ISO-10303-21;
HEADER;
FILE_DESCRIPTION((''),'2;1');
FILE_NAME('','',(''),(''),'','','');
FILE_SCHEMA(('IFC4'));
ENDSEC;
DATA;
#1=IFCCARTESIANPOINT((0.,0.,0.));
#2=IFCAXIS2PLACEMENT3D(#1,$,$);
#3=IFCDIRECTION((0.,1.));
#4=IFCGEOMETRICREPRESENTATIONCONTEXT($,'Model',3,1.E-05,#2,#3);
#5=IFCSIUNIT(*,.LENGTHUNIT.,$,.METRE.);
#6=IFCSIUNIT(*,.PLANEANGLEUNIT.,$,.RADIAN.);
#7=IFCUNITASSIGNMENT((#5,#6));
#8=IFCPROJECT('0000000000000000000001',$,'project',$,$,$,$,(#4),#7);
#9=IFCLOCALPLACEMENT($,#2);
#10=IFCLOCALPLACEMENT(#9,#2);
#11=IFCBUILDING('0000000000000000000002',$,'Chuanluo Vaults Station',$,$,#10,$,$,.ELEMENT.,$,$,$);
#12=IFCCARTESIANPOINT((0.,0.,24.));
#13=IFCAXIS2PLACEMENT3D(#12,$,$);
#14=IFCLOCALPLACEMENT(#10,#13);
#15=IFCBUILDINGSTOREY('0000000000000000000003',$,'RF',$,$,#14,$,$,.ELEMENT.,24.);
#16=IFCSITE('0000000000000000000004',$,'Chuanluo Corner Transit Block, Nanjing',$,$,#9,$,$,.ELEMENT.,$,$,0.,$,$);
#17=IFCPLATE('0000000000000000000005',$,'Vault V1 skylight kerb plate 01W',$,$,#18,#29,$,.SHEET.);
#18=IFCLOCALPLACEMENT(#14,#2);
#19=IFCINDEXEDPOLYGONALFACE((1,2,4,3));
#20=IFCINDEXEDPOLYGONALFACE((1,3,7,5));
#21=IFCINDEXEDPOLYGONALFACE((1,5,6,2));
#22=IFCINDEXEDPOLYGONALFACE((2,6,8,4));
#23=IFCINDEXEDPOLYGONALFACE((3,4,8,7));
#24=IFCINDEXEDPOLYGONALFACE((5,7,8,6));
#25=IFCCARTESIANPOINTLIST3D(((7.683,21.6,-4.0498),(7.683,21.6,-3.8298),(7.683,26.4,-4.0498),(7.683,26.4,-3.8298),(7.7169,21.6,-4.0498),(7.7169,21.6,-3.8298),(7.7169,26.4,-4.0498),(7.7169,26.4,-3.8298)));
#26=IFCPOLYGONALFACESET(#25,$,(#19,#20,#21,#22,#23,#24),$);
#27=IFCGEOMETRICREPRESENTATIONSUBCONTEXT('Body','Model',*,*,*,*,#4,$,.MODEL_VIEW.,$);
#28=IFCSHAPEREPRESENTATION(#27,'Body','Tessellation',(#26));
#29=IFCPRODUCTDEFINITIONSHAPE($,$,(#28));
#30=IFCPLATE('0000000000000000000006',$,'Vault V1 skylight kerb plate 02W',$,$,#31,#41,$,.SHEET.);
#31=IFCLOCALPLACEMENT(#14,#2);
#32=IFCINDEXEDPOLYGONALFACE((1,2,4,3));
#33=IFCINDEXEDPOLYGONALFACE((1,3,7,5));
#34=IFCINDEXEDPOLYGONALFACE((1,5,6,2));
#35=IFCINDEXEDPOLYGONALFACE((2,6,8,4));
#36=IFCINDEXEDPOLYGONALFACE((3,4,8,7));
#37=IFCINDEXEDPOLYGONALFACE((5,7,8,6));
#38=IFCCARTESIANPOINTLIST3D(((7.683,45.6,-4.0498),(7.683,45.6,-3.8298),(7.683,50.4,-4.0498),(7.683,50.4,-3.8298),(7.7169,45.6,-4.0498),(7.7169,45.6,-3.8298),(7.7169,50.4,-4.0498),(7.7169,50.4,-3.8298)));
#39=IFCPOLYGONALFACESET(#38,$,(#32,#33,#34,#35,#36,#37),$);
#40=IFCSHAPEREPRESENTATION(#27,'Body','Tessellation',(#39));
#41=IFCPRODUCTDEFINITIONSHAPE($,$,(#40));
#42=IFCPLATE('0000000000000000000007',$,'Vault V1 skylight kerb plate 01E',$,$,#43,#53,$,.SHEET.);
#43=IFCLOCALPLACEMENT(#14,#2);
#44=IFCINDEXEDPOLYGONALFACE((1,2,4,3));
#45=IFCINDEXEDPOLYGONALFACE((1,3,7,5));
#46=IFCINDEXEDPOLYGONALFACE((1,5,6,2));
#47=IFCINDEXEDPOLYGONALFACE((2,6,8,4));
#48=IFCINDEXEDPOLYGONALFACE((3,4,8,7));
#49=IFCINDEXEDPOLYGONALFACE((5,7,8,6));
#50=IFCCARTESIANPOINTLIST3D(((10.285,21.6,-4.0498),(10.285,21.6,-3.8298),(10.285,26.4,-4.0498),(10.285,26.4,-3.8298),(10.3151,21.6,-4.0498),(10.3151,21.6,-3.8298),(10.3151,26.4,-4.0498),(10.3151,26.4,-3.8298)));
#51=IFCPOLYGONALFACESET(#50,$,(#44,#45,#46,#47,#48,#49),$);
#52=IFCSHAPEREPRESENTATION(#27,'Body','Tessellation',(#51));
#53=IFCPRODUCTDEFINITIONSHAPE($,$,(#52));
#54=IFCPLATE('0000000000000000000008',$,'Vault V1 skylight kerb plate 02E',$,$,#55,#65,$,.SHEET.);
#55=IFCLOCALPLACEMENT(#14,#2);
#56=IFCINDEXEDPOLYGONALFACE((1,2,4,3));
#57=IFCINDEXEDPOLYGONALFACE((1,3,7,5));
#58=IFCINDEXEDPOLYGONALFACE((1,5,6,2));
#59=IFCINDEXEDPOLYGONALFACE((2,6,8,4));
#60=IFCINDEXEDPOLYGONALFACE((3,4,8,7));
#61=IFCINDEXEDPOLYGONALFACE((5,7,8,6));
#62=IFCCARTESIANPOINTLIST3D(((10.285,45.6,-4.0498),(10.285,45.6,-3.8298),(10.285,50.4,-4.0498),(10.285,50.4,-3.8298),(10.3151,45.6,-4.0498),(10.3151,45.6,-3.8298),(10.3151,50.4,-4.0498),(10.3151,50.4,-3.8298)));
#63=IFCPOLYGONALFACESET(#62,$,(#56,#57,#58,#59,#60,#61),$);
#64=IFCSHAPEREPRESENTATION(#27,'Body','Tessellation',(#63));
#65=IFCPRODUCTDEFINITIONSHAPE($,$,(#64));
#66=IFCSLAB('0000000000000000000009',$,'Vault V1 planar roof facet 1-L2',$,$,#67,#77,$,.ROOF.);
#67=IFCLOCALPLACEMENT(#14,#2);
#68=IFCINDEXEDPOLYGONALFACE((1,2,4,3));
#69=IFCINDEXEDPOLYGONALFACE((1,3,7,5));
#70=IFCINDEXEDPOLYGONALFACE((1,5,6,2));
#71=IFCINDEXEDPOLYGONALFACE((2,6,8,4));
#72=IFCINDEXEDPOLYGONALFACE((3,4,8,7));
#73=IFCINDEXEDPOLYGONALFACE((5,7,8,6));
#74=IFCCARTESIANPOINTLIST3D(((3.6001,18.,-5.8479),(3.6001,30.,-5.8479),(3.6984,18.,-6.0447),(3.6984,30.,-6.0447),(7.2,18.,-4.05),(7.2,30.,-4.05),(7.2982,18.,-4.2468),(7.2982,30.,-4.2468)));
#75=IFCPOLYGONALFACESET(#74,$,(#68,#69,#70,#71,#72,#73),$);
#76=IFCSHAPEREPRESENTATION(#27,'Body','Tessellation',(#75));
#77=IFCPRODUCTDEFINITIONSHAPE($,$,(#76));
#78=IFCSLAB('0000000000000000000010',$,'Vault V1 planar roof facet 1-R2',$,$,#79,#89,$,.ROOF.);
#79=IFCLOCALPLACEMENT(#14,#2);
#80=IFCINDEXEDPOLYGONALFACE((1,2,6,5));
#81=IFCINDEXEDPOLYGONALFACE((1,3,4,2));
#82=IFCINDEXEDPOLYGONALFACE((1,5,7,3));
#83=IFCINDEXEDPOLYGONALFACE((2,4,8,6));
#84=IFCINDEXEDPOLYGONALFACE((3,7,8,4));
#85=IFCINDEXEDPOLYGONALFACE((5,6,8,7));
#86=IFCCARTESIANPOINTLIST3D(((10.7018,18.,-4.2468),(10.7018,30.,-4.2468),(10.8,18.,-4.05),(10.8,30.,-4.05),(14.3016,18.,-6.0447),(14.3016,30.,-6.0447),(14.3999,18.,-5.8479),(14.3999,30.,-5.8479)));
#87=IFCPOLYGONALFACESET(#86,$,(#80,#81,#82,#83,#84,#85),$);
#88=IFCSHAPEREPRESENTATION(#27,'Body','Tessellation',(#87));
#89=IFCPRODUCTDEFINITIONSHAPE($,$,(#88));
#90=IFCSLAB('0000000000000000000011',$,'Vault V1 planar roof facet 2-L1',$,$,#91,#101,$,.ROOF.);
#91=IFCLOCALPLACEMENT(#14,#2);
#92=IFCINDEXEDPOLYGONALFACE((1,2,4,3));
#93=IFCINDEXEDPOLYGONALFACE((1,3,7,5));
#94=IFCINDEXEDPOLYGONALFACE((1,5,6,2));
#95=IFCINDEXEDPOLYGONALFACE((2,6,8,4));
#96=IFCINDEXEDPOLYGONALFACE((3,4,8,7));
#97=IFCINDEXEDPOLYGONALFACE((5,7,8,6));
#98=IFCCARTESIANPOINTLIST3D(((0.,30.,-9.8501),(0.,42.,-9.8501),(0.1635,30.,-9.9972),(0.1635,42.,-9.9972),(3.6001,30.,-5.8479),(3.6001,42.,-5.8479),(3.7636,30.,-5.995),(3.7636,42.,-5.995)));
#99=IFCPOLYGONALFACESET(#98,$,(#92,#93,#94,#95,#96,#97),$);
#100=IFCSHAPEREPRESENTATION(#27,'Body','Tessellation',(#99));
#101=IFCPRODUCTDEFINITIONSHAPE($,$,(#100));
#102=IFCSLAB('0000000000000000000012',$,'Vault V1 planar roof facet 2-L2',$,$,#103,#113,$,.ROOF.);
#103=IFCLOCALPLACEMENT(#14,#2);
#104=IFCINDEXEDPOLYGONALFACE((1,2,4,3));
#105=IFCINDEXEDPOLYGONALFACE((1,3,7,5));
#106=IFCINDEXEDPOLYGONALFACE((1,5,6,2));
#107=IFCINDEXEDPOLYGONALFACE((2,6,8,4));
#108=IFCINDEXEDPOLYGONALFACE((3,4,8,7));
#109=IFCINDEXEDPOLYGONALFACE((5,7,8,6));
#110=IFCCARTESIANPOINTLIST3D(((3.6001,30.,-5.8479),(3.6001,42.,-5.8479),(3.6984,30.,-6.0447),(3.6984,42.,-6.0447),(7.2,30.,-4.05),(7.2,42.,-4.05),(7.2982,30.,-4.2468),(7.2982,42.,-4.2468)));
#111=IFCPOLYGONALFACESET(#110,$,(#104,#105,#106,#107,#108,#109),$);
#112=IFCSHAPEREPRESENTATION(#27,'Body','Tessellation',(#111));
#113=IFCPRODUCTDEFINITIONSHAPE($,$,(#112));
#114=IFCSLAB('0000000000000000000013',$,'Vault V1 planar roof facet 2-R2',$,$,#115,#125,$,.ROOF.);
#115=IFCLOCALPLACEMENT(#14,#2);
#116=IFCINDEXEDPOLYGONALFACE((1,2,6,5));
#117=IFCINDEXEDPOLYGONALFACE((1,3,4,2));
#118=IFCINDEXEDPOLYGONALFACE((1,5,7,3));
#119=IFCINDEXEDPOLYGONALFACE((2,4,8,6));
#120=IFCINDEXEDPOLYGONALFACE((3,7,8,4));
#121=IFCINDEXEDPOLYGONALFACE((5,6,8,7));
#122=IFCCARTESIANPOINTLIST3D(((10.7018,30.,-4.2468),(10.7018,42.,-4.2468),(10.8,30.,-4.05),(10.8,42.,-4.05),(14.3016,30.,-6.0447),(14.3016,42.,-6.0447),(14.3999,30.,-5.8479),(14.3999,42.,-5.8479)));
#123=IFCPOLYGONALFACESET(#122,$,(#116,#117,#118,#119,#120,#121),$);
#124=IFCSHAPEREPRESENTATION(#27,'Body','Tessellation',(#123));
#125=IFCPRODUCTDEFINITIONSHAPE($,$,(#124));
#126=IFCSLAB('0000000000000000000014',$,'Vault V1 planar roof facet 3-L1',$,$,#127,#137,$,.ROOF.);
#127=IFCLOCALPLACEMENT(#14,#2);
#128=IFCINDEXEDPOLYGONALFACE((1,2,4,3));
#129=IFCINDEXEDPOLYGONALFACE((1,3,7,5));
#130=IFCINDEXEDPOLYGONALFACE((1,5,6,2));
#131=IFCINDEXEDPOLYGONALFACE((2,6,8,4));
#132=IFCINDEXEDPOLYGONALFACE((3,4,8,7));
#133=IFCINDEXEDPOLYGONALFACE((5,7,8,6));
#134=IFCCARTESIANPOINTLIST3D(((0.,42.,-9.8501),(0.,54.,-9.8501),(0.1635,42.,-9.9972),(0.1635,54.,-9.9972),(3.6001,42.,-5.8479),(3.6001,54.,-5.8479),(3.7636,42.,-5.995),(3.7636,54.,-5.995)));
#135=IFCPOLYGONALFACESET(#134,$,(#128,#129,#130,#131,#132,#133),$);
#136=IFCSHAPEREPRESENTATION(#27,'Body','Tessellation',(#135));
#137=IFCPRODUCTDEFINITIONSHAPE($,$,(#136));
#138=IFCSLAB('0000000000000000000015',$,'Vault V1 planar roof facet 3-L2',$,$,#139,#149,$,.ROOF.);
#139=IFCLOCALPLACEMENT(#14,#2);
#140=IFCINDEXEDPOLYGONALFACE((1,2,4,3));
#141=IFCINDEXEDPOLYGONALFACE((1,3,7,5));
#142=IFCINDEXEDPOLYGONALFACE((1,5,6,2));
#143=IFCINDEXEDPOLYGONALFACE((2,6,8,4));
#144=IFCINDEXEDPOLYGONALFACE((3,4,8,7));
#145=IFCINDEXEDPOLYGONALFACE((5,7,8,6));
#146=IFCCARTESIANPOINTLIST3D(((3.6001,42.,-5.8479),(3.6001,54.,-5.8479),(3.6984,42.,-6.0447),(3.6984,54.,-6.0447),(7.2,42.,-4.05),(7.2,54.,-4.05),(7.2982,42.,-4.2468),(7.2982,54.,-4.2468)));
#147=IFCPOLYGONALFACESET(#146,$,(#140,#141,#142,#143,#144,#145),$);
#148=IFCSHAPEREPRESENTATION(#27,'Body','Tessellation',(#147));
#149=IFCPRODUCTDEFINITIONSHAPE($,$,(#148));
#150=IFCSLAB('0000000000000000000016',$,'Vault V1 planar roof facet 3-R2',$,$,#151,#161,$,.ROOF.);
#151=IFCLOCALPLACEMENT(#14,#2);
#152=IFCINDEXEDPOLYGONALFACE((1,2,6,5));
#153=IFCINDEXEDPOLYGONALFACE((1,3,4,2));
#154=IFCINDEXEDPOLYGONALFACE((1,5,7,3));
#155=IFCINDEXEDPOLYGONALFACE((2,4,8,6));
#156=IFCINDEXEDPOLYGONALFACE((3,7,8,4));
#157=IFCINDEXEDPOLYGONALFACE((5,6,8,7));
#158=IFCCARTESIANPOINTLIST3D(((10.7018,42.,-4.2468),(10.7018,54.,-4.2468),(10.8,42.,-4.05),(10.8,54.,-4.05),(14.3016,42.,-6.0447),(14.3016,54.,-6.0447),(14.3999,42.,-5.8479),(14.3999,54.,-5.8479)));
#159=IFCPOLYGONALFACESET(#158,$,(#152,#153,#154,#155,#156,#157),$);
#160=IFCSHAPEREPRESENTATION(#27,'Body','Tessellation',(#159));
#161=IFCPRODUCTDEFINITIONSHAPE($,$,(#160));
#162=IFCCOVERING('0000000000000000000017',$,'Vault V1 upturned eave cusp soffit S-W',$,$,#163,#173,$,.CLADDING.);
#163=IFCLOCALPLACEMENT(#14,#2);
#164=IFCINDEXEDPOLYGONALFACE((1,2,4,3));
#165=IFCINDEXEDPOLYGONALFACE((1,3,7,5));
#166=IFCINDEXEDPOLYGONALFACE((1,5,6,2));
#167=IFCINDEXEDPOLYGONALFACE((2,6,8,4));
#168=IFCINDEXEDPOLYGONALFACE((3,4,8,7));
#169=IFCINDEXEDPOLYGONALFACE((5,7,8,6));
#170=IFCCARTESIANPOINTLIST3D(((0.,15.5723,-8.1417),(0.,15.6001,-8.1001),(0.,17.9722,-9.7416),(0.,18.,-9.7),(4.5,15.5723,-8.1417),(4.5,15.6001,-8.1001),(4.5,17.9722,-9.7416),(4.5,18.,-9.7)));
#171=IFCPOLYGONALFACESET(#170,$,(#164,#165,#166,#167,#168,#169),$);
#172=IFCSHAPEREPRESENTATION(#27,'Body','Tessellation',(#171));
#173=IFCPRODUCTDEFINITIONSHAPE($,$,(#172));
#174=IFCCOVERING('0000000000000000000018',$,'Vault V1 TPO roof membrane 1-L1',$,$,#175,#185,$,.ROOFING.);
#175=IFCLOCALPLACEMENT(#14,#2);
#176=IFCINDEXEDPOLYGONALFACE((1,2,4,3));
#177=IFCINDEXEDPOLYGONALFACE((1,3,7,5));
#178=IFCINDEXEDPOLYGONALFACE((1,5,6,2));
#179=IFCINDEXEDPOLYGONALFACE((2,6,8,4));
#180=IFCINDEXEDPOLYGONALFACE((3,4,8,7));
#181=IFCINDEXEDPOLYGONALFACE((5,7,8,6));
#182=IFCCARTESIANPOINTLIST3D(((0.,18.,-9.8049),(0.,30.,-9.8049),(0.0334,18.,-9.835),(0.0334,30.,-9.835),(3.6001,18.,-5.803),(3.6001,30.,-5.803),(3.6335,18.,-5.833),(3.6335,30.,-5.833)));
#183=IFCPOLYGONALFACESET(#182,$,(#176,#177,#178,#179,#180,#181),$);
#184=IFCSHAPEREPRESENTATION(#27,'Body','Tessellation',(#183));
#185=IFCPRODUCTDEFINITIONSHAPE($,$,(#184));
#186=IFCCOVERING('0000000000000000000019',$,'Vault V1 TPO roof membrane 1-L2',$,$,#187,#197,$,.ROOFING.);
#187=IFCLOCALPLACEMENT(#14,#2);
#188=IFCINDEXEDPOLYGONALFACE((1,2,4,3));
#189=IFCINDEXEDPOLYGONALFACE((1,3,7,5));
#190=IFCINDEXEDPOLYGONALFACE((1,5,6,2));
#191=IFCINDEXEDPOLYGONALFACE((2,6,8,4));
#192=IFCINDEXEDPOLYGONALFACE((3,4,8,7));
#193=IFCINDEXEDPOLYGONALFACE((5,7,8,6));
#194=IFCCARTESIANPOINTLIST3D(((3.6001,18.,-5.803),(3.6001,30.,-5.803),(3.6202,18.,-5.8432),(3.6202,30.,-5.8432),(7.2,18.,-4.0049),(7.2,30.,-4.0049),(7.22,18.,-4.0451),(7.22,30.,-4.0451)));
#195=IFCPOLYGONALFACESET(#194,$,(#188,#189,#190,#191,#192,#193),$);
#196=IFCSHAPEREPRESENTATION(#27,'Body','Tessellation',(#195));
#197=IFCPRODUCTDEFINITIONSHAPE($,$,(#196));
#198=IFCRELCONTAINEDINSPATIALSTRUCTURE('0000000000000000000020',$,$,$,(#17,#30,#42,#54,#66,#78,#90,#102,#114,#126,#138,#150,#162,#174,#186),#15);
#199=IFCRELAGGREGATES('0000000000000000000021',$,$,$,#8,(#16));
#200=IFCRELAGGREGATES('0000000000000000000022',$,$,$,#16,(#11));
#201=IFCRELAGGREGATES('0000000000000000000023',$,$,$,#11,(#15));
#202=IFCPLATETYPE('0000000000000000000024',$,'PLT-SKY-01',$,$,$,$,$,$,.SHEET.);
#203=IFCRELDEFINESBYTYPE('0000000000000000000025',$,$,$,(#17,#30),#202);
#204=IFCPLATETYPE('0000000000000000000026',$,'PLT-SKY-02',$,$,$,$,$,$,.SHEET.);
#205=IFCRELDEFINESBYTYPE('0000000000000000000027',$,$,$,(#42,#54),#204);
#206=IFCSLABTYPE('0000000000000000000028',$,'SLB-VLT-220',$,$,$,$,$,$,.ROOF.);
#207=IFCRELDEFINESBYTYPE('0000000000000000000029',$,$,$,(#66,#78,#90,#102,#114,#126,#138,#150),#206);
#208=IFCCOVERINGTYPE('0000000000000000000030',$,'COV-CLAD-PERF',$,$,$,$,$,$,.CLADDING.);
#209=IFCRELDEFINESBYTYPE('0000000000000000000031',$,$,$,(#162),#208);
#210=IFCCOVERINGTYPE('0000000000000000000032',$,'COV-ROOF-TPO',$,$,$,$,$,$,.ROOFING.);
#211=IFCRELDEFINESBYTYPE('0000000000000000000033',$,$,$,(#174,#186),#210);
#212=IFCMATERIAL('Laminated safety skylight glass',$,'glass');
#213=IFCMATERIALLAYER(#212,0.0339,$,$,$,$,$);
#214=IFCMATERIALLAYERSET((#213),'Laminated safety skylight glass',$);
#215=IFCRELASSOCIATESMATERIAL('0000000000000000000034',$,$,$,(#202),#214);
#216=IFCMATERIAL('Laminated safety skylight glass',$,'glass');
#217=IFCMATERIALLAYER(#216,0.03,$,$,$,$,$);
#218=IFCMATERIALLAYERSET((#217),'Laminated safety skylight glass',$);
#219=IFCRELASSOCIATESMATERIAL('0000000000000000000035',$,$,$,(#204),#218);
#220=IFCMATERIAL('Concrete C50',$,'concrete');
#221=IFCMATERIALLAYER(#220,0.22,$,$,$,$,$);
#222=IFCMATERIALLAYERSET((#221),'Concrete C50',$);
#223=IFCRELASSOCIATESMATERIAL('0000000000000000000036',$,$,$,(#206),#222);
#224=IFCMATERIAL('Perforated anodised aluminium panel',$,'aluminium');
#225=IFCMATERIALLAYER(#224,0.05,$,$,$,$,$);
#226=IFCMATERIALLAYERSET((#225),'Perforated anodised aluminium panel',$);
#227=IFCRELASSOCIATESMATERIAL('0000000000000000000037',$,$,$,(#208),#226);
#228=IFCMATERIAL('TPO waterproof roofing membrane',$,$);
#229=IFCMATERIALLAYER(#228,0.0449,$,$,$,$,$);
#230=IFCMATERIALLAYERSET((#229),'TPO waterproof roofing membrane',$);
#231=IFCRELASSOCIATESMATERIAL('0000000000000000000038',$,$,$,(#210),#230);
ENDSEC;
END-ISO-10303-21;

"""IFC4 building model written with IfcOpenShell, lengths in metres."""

from ifc_helpers import new_model, si_unit, direction, frame, origin, origin_2d, place, context, subcontext, project, spatial, polyline, rectangle, outline, extrude, material, layer, layer_set, type_object, element, save


model = new_model("IFC4")

# Units and contexts
model_context = context("Model", 3, precision=1e-05, world=origin(), true_north=direction((0.0, 1.0)))
body_context = subcontext(model_context, "Body", "Model", "MODEL_VIEW")
ifc_project = project(units=[si_unit("LENGTHUNIT", "METRE"), si_unit("PLANEANGLEUNIT", "RADIAN")], contexts=[model_context])

# Site, building, storey
site_placement = place(None, origin())
site = spatial("IfcSite", under=ifc_project, at=site_placement, Name="Chuanluo Corner Transit Block, Nanjing", CompositionType="ELEMENT", RefElevation=0.0)
building_placement = place(site_placement, origin())
building = spatial("IfcBuilding", under=site, at=building_placement, Name="Chuanluo Vaults Station", CompositionType="ELEMENT")
storey_placement = place(building_placement, frame((0.0, 0.0, 24.0)))
storey = spatial("IfcBuildingStorey", under=building, at=storey_placement, Name="RF", CompositionType="ELEMENT", Elevation=24.0)

# Plates
ifc_material_1 = material(Name="Laminated safety skylight glass", Category="glass")
ifc_layer_1 = layer(ifc_material_1, 0.0339)
ifc_layer_set_1 = layer_set([ifc_layer_1], Name="Laminated safety skylight glass")
plate_type_1 = type_object("IfcPlateType", Name="PLT-SKY-01", PredefinedType="SHEET", material=ifc_layer_set_1)
for number, where, z_axis, x_axis, name in (
    (1, (7.7, 24.0, -4.0498), (0.0, 0.0, 1.0), (1.0, 0.0, 0.0), "Vault V1 skylight kerb plate 01W"),
    (2, (7.7, 48.0, -4.0498), (0.0, 0.0, 1.0), (1.0, 0.0, 0.0), "Vault V1 skylight kerb plate 02W"),
):
    element("IfcPlate", number, at=place(storey_placement, frame(where, z_axis=z_axis, x_axis=x_axis)), inside=storey, type_object=plate_type_1, Name=name, PredefinedType="SHEET", context=body_context, shape_type="SweptSolid", body=[
        extrude(rectangle(XDim=0.0339, YDim=4.8, at=origin_2d()), origin(), (0.0, 0.0, 1.0), 0.22),
    ])
ifc_material_2 = material(Name="Laminated safety skylight glass", Category="glass")
ifc_layer_2 = layer(ifc_material_2, 0.03)
ifc_layer_set_2 = layer_set([ifc_layer_2], Name="Laminated safety skylight glass")
plate_type_2 = type_object("IfcPlateType", Name="PLT-SKY-02", PredefinedType="SHEET", material=ifc_layer_set_2)
for number, where, z_axis, x_axis, name in (
    (3, (10.3, 24.0, -4.0498), (0.0, 0.0, 1.0), (1.0, 0.0, 0.0), "Vault V1 skylight kerb plate 01E"),
    (4, (10.3, 48.0, -4.0498), (0.0, 0.0, 1.0), (1.0, 0.0, 0.0), "Vault V1 skylight kerb plate 02E"),
):
    element("IfcPlate", number, at=place(storey_placement, frame(where, z_axis=z_axis, x_axis=x_axis)), inside=storey, type_object=plate_type_2, Name=name, PredefinedType="SHEET", context=body_context, shape_type="SweptSolid", body=[
        extrude(rectangle(XDim=0.03, YDim=4.8, at=origin_2d()), origin(), (0.0, 0.0, 1.0), 0.22),
    ])

# Slabs
ifc_material_3 = material(Name="Concrete C50", Category="concrete")
ifc_layer_3 = layer(ifc_material_3, 0.22)
ifc_layer_set_3 = layer_set([ifc_layer_3], Name="Concrete C50")
slab_type = type_object("IfcSlabType", Name="SLB-VLT-220", PredefinedType="ROOF", material=ifc_layer_set_3)
for number, where, z_axis, x_axis, name in (
    (5, (3.6001, 18.0, -5.8479), (-0.446801, 0.0, 0.894633), (0.894633, 0.0, 0.446801), "Vault V1 planar roof facet 1-L2"),
    (6, (10.8, 18.0, -4.05), (0.446801, 0.0, 0.894633), (0.894633, 0.0, -0.446801), "Vault V1 planar roof facet 1-R2"),
):
    element("IfcSlab", number, at=place(storey_placement, frame(where, z_axis=z_axis, x_axis=x_axis)), inside=storey, type_object=slab_type, Name=name, PredefinedType="ROOF", context=body_context, shape_type="SweptSolid", body=[
        extrude(outline(polyline([(0.0, 0.0), (4.0238, 0.0), (4.0238, 12.0), (0.0, 12.0), (0.0, 0.0)])), origin(), (0.0, 0.0, -1.0), 0.22),
    ])
slab_1_placement = place(storey_placement, frame((0.0, 30.0, -9.8501), z_axis=(-0.743468, 0.0, 0.668772), x_axis=(0.668772, 0.0, 0.743468)))
element("IfcSlab", 7, at=slab_1_placement, inside=storey, type_object=slab_type, Name="Vault V1 planar roof facet 2-L1", PredefinedType="ROOF", context=body_context, shape_type="SweptSolid", body=[
    extrude(outline(polyline([(0.0, 0.0), (5.3831, 0.0), (5.3831, 12.0), (0.0, 12.0), (0.0, 0.0)])), origin(), (0.0, 0.0, -1.0), 0.22),
])
for number, where, z_axis, x_axis, name in (
    (8, (3.6001, 30.0, -5.8479), (-0.446801, 0.0, 0.894633), (0.894633, 0.0, 0.446801), "Vault V1 planar roof facet 2-L2"),
    (9, (10.8, 30.0, -4.05), (0.446801, 0.0, 0.894633), (0.894633, 0.0, -0.446801), "Vault V1 planar roof facet 2-R2"),
):
    element("IfcSlab", number, at=place(storey_placement, frame(where, z_axis=z_axis, x_axis=x_axis)), inside=storey, type_object=slab_type, Name=name, PredefinedType="ROOF", context=body_context, shape_type="SweptSolid", body=[
        extrude(outline(polyline([(0.0, 0.0), (4.0238, 0.0), (4.0238, 12.0), (0.0, 12.0), (0.0, 0.0)])), origin(), (0.0, 0.0, -1.0), 0.22),
    ])
slab_2_placement = place(storey_placement, frame((0.0, 42.0, -9.8501), z_axis=(-0.743468, 0.0, 0.668772), x_axis=(0.668772, 0.0, 0.743468)))
element("IfcSlab", 10, at=slab_2_placement, inside=storey, type_object=slab_type, Name="Vault V1 planar roof facet 3-L1", PredefinedType="ROOF", context=body_context, shape_type="SweptSolid", body=[
    extrude(outline(polyline([(0.0, 0.0), (5.3831, 0.0), (5.3831, 12.0), (0.0, 12.0), (0.0, 0.0)])), origin(), (0.0, 0.0, -1.0), 0.22),
])
for number, where, z_axis, x_axis, name in (
    (11, (3.6001, 42.0, -5.8479), (-0.446801, 0.0, 0.894633), (0.894633, 0.0, 0.446801), "Vault V1 planar roof facet 3-L2"),
    (12, (10.8, 42.0, -4.05), (0.446801, 0.0, 0.894633), (0.894633, 0.0, -0.446801), "Vault V1 planar roof facet 3-R2"),
):
    element("IfcSlab", number, at=place(storey_placement, frame(where, z_axis=z_axis, x_axis=x_axis)), inside=storey, type_object=slab_type, Name=name, PredefinedType="ROOF", context=body_context, shape_type="SweptSolid", body=[
        extrude(outline(polyline([(0.0, 0.0), (4.0238, 0.0), (4.0238, 12.0), (0.0, 12.0), (0.0, 0.0)])), origin(), (0.0, 0.0, -1.0), 0.22),
    ])

# Coverings
ifc_material_4 = material(Name="Perforated anodised aluminium panel", Category="aluminium")
ifc_layer_4 = layer(ifc_material_4, 0.05)
ifc_layer_set_4 = layer_set([ifc_layer_4], Name="Perforated anodised aluminium panel")
covering_type_1 = type_object("IfcCoveringType", Name="COV-CLAD-PERF", PredefinedType="CLADDING", material=ifc_layer_set_4)
covering_1_placement = place(storey_placement, frame((0.0, 18.0, -9.7), z_axis=(0.0, 0.554681, 0.832063), x_axis=(1.0, 0.0, 0.0)))
element("IfcCovering", 13, at=covering_1_placement, inside=storey, type_object=covering_type_1, Name="Vault V1 upturned eave cusp soffit S-W", PredefinedType="CLADDING", context=body_context, shape_type="SweptSolid", body=[
    extrude(outline(polyline([(0.0, 0.0), (4.5, 0.0), (4.5, -2.8843), (0.0, -2.8843), (0.0, 0.0)])), origin(), (0.0, 0.0, -1.0), 0.05),
])
ifc_material_5 = material(Name="TPO waterproof roofing membrane")
ifc_layer_5 = layer(ifc_material_5, 0.0449)
ifc_layer_set_5 = layer_set([ifc_layer_5], Name="TPO waterproof roofing membrane")
covering_type_2 = type_object("IfcCoveringType", Name="COV-ROOF-TPO", PredefinedType="ROOFING", material=ifc_layer_set_5)
covering_2_placement = place(storey_placement, frame((0.0, 18.0, -9.8049), z_axis=(-0.743447, 0.0, 0.668794), x_axis=(0.668794, 0.0, 0.743447)))
element("IfcCovering", 14, at=covering_2_placement, inside=storey, type_object=covering_type_2, Name="Vault V1 TPO roof membrane 1-L1", PredefinedType="ROOFING", context=body_context, shape_type="SweptSolid", body=[
    extrude(outline(polyline([(0.0, 0.0), (5.383, 0.0), (5.383, 12.0), (0.0, 12.0), (0.0, 0.0)])), origin(), (0.0, 0.0, -1.0), 0.0449),
])
for number, where, z_axis, x_axis, name in (
    (15, (3.6001, 18.0, -5.803), (-0.44685, 0.0, 0.894609), (0.894609, 0.0, 0.44685), "Vault V1 TPO roof membrane 1-L2"),
):
    element("IfcCovering", number, at=place(storey_placement, frame(where, z_axis=z_axis, x_axis=x_axis)), inside=storey, type_object=covering_type_2, Name=name, PredefinedType="ROOFING", context=body_context, shape_type="SweptSolid", body=[
        extrude(outline(polyline([(0.0, 0.0), (4.0239, 0.0), (4.0239, 12.0), (0.0, 12.0), (0.0, 0.0)])), origin(), (0.0, 0.0, -1.0), 0.0449),
    ])

save(model, "model.ifc")
